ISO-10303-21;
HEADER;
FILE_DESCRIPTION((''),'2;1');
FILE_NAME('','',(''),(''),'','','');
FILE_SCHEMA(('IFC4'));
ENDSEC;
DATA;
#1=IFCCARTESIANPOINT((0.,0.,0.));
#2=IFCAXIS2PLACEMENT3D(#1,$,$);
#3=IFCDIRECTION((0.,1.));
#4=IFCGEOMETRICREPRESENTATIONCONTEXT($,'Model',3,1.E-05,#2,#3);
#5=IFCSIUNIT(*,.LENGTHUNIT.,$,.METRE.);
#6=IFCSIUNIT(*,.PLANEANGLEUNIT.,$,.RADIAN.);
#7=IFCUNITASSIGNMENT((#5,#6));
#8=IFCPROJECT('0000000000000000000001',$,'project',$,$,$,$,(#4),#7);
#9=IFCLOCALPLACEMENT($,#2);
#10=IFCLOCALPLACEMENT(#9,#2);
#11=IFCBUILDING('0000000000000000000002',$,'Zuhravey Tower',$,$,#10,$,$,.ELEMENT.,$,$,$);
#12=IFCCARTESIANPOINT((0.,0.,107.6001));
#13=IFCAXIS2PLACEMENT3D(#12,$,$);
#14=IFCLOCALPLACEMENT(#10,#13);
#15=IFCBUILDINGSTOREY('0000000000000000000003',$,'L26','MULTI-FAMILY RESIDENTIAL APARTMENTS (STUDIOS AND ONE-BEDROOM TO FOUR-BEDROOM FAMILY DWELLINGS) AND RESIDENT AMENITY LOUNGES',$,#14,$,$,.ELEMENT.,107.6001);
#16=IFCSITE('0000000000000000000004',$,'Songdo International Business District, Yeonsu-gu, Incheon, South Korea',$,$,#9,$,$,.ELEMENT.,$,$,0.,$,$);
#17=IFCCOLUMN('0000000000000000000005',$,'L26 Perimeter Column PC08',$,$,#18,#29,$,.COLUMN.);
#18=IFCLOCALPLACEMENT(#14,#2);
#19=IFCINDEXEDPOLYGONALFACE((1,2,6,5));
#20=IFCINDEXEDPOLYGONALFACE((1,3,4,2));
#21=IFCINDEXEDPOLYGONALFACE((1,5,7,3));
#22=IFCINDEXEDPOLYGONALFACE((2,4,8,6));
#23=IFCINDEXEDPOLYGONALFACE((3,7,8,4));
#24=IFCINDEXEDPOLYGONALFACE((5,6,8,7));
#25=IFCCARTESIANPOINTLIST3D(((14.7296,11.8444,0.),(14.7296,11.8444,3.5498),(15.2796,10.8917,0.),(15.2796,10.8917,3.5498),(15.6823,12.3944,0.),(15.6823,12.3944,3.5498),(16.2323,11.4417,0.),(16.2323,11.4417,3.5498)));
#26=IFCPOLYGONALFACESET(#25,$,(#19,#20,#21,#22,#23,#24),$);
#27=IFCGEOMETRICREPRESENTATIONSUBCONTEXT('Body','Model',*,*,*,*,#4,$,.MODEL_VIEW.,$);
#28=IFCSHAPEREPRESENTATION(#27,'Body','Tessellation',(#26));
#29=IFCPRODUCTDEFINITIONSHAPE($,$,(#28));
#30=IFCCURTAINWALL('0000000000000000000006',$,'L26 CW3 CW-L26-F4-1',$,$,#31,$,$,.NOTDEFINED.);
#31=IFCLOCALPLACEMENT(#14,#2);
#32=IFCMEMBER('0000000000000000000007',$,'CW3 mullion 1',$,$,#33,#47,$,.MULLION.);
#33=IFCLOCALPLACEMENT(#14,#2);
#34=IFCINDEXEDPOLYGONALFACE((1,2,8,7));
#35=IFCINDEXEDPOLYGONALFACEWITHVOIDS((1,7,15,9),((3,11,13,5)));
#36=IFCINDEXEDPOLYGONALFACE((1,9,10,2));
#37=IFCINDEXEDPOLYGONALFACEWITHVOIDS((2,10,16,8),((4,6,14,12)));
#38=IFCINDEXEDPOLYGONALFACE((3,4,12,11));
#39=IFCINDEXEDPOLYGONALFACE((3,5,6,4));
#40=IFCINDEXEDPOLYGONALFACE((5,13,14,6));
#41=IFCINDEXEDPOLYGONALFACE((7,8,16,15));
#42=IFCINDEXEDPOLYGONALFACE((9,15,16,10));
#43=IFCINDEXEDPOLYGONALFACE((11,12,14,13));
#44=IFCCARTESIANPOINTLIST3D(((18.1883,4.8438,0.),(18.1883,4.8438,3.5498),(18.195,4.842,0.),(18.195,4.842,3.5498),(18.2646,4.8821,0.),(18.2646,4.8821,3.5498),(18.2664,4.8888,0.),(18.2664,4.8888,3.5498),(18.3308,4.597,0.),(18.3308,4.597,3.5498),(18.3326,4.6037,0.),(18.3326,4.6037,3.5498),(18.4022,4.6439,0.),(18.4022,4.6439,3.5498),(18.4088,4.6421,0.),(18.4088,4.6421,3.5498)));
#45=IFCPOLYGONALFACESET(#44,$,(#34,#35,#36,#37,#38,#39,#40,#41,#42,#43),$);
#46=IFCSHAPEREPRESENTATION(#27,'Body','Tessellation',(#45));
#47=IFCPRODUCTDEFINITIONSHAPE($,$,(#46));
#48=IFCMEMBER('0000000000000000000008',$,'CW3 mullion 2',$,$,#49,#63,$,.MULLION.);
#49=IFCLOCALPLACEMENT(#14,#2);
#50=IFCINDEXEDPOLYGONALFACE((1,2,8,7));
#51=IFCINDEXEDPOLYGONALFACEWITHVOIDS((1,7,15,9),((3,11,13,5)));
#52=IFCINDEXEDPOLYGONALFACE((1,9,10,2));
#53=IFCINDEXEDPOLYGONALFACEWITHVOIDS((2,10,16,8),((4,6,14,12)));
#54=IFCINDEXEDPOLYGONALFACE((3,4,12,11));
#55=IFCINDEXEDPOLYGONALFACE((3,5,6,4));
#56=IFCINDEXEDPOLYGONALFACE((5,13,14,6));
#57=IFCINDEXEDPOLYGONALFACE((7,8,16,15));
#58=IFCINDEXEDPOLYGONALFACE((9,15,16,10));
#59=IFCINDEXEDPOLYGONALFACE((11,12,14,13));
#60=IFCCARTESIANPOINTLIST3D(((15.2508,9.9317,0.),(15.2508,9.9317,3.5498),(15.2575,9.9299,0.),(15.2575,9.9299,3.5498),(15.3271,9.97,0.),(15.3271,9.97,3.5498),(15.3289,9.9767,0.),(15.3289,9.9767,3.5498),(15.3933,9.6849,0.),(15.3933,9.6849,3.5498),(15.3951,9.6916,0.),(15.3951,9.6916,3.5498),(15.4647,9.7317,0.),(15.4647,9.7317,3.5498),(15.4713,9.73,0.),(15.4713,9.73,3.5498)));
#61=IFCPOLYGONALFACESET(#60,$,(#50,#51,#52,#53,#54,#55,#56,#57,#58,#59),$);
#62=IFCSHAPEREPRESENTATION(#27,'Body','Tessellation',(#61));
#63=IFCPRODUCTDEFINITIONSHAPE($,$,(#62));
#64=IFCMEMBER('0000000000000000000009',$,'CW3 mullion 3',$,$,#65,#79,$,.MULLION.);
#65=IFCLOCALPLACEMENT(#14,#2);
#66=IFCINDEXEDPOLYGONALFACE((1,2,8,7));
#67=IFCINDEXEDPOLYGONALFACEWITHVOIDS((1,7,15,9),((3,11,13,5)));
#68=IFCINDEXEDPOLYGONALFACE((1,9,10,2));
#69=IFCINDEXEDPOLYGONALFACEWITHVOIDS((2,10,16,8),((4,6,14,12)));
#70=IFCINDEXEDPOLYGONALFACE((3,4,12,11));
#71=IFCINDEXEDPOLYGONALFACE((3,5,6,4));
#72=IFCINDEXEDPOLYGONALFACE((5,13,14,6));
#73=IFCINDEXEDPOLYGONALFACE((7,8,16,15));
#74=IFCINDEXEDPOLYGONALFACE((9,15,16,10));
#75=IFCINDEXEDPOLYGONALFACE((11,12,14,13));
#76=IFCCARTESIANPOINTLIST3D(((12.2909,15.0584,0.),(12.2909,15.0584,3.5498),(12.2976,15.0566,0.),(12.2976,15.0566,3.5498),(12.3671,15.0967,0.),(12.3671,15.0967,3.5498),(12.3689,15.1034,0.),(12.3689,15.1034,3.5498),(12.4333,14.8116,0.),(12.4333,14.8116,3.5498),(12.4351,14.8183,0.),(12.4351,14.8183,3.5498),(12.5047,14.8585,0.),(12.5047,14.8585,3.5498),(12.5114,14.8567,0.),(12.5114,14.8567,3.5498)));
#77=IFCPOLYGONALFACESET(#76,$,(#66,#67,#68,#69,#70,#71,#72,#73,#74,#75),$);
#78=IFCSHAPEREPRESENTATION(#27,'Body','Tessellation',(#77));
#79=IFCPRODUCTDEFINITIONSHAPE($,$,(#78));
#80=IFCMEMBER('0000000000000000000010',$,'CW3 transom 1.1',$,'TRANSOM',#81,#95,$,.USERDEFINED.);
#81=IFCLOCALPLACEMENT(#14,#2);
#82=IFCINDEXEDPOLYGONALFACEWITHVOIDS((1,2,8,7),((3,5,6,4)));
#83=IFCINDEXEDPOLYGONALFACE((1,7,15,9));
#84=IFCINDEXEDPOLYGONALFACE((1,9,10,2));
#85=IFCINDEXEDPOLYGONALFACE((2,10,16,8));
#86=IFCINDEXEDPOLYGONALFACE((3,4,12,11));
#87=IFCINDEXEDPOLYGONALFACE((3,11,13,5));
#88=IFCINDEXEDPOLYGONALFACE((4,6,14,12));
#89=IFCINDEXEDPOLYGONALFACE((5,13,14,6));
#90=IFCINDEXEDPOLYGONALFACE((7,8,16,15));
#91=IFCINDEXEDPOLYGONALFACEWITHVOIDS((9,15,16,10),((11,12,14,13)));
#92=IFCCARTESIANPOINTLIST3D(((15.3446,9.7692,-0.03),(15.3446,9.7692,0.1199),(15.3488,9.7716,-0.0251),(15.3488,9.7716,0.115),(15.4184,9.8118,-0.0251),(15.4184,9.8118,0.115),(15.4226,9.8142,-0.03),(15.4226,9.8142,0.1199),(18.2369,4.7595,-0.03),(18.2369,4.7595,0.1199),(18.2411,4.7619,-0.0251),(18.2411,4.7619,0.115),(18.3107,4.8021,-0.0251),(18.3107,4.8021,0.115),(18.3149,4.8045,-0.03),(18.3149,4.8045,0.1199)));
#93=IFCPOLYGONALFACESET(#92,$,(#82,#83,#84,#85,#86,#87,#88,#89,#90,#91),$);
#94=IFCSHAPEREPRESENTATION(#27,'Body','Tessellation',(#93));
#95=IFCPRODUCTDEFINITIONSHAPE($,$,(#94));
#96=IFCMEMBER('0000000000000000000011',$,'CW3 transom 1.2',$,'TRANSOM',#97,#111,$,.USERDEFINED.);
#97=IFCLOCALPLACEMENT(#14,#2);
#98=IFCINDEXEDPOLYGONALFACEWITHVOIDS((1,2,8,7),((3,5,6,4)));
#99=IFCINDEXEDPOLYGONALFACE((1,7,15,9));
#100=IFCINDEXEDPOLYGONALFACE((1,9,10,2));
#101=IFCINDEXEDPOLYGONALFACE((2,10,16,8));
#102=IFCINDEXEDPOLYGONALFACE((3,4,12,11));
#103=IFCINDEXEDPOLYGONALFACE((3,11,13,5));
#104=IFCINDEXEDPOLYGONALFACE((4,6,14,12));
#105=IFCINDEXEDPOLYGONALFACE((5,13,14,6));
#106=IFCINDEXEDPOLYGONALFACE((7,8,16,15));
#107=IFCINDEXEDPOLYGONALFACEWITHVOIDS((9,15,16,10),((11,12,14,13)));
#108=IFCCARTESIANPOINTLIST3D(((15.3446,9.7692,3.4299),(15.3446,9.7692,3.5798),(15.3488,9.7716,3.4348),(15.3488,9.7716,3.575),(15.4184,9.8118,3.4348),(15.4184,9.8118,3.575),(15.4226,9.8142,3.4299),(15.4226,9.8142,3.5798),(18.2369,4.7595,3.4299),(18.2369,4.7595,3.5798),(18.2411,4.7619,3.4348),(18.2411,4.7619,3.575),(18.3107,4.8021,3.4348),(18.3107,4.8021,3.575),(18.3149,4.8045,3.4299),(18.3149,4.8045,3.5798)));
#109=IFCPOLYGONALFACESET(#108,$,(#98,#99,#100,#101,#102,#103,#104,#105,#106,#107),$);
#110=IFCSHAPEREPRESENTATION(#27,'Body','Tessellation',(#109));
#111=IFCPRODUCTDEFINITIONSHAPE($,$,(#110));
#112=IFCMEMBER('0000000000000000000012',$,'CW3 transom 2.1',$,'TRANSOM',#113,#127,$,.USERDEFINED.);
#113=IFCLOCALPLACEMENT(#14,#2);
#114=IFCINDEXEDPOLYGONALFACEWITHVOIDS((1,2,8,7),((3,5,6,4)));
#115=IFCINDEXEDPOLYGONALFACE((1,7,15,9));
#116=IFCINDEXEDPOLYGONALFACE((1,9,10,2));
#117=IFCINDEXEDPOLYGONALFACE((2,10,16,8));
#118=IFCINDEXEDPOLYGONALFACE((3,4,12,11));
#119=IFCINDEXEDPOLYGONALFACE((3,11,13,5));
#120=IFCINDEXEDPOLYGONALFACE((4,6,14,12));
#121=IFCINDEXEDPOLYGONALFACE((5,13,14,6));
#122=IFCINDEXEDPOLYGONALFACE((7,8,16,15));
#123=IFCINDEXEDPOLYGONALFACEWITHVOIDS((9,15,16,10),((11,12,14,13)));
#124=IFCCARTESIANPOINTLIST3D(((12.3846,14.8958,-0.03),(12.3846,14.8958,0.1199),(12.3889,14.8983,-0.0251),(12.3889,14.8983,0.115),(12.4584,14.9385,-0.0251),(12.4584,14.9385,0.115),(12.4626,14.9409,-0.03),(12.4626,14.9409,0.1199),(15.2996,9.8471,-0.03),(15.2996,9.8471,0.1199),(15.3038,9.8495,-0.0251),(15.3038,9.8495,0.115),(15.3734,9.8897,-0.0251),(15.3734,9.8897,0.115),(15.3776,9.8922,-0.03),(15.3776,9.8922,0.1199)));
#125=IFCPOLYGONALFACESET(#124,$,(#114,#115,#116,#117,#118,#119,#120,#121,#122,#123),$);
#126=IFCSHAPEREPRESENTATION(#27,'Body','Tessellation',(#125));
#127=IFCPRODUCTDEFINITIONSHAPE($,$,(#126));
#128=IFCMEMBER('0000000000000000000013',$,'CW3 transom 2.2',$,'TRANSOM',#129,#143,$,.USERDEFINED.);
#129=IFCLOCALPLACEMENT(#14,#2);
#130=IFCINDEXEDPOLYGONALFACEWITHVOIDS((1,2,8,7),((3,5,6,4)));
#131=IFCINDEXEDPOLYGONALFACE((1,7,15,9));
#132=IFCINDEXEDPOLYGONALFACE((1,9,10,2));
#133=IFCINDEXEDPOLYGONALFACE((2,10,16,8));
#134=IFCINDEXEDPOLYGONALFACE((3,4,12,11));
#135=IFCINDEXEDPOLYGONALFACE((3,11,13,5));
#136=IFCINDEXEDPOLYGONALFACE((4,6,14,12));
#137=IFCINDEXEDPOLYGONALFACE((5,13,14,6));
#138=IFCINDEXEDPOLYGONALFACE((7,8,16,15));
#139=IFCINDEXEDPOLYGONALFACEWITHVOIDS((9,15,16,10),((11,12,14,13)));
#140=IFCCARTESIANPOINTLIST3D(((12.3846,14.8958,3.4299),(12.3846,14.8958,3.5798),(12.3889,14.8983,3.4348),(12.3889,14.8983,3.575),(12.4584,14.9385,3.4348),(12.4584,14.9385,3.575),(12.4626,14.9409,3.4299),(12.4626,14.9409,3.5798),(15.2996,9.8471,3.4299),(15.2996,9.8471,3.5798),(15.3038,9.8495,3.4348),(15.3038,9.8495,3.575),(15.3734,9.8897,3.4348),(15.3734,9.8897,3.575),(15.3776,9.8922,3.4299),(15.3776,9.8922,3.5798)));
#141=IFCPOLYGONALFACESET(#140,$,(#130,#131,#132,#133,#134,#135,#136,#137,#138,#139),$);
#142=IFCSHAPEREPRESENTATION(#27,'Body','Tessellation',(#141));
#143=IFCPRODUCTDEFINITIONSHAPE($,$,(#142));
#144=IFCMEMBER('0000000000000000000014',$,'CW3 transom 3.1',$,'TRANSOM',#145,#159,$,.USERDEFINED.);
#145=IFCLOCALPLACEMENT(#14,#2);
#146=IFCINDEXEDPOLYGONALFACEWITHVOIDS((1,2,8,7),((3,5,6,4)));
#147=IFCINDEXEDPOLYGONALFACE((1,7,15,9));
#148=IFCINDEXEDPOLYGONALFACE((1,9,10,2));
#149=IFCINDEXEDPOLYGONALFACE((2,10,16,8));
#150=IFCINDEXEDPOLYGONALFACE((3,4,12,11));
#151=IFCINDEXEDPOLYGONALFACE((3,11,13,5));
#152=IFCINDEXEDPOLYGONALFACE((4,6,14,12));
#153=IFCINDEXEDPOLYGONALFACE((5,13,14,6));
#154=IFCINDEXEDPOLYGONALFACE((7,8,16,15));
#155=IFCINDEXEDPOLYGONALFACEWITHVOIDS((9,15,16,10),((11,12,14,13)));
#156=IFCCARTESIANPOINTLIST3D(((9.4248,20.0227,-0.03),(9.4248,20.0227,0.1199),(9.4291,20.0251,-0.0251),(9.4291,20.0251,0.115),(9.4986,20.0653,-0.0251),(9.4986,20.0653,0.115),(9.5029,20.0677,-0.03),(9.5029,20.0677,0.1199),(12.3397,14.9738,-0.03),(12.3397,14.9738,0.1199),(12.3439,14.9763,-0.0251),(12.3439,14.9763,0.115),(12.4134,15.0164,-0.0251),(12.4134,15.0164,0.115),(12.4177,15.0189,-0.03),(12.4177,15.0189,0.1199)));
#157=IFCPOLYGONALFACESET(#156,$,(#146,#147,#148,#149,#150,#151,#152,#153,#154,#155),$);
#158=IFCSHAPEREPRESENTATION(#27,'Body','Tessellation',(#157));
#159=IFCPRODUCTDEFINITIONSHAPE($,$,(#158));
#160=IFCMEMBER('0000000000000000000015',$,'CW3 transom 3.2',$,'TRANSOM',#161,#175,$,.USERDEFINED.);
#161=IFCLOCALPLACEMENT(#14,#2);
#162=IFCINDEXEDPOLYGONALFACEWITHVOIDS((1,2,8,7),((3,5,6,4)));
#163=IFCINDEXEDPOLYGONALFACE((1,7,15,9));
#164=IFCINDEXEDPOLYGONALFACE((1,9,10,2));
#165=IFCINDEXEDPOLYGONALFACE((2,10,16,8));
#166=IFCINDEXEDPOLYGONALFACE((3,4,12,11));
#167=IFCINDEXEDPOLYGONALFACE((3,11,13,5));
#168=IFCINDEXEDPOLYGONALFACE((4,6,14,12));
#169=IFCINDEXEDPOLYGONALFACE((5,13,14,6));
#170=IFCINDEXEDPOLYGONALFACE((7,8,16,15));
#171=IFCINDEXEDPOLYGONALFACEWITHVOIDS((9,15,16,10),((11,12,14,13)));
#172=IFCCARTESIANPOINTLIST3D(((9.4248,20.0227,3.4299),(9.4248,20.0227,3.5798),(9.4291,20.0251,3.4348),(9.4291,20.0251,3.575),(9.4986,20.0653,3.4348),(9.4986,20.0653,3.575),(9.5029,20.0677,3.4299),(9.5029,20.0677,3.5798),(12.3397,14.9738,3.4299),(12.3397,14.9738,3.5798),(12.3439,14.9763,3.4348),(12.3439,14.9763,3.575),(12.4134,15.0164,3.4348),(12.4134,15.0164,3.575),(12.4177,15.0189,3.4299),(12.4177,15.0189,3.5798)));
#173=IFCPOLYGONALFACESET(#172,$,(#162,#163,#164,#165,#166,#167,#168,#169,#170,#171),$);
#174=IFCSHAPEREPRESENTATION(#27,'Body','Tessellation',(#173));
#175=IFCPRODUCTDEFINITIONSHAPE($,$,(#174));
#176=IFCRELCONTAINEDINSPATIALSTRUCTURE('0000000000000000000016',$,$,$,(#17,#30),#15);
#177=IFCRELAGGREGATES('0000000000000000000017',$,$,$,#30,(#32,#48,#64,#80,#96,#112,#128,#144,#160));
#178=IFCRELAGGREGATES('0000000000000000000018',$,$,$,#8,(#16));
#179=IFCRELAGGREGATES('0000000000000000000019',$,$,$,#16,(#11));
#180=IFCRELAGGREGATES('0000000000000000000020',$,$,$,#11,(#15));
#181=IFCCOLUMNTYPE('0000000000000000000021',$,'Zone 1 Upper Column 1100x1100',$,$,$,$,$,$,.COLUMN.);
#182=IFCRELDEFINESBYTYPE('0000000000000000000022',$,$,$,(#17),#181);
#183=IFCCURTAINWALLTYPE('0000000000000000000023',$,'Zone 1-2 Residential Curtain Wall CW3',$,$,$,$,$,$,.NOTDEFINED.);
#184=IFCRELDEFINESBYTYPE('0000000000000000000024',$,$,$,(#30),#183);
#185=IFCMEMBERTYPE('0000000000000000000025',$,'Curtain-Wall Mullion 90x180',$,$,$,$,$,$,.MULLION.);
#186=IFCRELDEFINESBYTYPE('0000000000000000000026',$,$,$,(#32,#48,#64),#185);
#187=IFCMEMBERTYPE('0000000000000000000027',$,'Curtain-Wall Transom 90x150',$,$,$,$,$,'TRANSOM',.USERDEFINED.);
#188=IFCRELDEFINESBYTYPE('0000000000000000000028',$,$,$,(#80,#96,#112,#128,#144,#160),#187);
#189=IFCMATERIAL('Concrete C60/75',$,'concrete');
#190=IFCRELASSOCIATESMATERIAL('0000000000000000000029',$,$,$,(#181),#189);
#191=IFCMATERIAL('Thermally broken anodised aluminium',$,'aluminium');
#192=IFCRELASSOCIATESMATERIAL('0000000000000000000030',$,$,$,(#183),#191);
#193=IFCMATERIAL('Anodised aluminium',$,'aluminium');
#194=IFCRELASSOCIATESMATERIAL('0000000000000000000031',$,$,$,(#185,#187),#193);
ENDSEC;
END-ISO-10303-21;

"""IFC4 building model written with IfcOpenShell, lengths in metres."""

from ifc_helpers import new_model, si_unit, direction, frame, origin, origin_2d, place, context, subcontext, project, spatial, rectangle, hollow_rectangle, extrude, material, material_profile, profile_set, type_object, element, aggregate, save


model = new_model("IFC4")

# Units and contexts
model_context = context("Model", 3, precision=1e-05, world=origin(), true_north=direction((0.0, 1.0)))
body_context = subcontext(model_context, "Body", "Model", "MODEL_VIEW")
ifc_project = project(units=[si_unit("LENGTHUNIT", "METRE"), si_unit("PLANEANGLEUNIT", "RADIAN")], contexts=[model_context])

# Site, building, storey
site_placement = place(None, origin())
site = spatial("IfcSite", under=ifc_project, at=site_placement, Name="Songdo International Business District, Yeonsu-gu, Incheon, South Korea", CompositionType="ELEMENT", RefElevation=0.0)
building_placement = place(site_placement, origin())
building = spatial("IfcBuilding", under=site, at=building_placement, Name="Zuhravey Tower", CompositionType="ELEMENT")
storey_placement = place(building_placement, frame((0.0, 0.0, 107.6001)))
storey = spatial("IfcBuildingStorey", under=building, at=storey_placement, Name="L26", Description="MULTI-FAMILY RESIDENTIAL APARTMENTS (STUDIOS AND ONE-BEDROOM TO FOUR-BEDROOM FAMILY DWELLINGS) AND RESIDENT AMENITY LOUNGES", CompositionType="ELEMENT", Elevation=107.6001)

# Column
ifc_material_1 = material(Name="Concrete C60/75", Category="concrete")
ifc_material_profile_1 = material_profile(ifc_material_1, rectangle(XDim=1.1001, YDim=1.1001, at=origin_2d()), Name="RC-1100x1100")
ifc_profile_set_1 = profile_set([ifc_material_profile_1], Name="Concrete C60/75")
column_type = type_object("IfcColumnType", Name="Zone 1 Upper Column 1100x1100", PredefinedType="COLUMN", material=ifc_profile_set_1)
column_placement = place(storey_placement, frame((15.481, 11.6431, 0.0), z_axis=(0.0, 0.0, 1.0), x_axis=(0.5, -0.866025, 0.0)))
element("IfcColumn", 1, at=column_placement, inside=storey, type_object=column_type, Name="L26 Perimeter Column PC08", PredefinedType="COLUMN", context=body_context, shape_type="SweptSolid", body=[
    extrude(rectangle(XDim=1.1001, YDim=1.1001, at=origin_2d()), origin(), (0.0, 0.0, 1.0), 3.5498),
])

# Curtain wall, members
ifc_material_2 = material(Name="Thermally broken anodised aluminium", Category="aluminium")
curtain_wall_type = type_object("IfcCurtainWallType", Name="Zone 1-2 Residential Curtain Wall CW3", PredefinedType="NOTDEFINED", material=ifc_material_2)
curtain_wall_placement = place(storey_placement, origin())
curtain_wall = element("IfcCurtainWall", 2, at=curtain_wall_placement, inside=storey, type_object=curtain_wall_type, Name="L26 CW3 CW-L26-F4-1", PredefinedType="NOTDEFINED")
ifc_material_3 = material(Name="Anodised aluminium", Category="aluminium")
ifc_material_profile_2 = material_profile(ifc_material_3, hollow_rectangle(XDim=0.0901, YDim=0.2849, WallThickness=0.0049, at=origin_2d()), Name="ALU-RHS-90x285x5")
ifc_profile_set_2 = profile_set([ifc_material_profile_2], Name="Anodised aluminium")
member_type_1 = type_object("IfcMemberType", Name="Curtain-Wall Mullion 90x180", PredefinedType="MULLION", material=ifc_profile_set_2)
member_1_placement = place(storey_placement, frame((18.2986, 4.7429, 0.0), z_axis=(0.0, 0.0, 1.0), x_axis=(-0.866026, -0.5, 0.0)))
member_1 = element("IfcMember", 3, at=member_1_placement, type_object=member_type_1, Name="CW3 mullion 1", PredefinedType="MULLION", context=body_context, shape_type="SweptSolid", body=[
    extrude(hollow_rectangle(XDim=0.0901, YDim=0.2849, WallThickness=0.0049, at=origin_2d()), origin(), (0.0, 0.0, 1.0), 3.5498),
])
member_2_placement = place(storey_placement, frame((15.3611, 9.8308, 0.0), z_axis=(0.0, 0.0, 1.0), x_axis=(-0.866026, -0.5, 0.0)))
member_2 = element("IfcMember", 4, at=member_2_placement, type_object=member_type_1, Name="CW3 mullion 2", PredefinedType="MULLION", context=body_context, shape_type="SweptSolid", body=[
    extrude(hollow_rectangle(XDim=0.0901, YDim=0.2849, WallThickness=0.0049, at=origin_2d()), origin(), (0.0, 0.0, 1.0), 3.5498),
])
member_3_placement = place(storey_placement, frame((12.4011, 14.9575, 0.0), z_axis=(0.0, 0.0, 1.0), x_axis=(-0.866026, -0.5, 0.0)))
member_3 = element("IfcMember", 5, at=member_3_placement, type_object=member_type_1, Name="CW3 mullion 3", PredefinedType="MULLION", context=body_context, shape_type="SweptSolid", body=[
    extrude(hollow_rectangle(XDim=0.0901, YDim=0.2849, WallThickness=0.0049, at=origin_2d()), origin(), (0.0, 0.0, 1.0), 3.5498),
])
ifc_material_profile_3 = material_profile(ifc_material_3, hollow_rectangle(XDim=0.0901, YDim=0.1499, WallThickness=0.0049, at=origin_2d()), Name="ALU-RHS-90x150x5")
ifc_profile_set_3 = profile_set([ifc_material_profile_3], Name="Anodised aluminium")
member_type_2 = type_object("IfcMemberType", Name="Curtain-Wall Transom 90x150", ElementType="TRANSOM", PredefinedType="USERDEFINED", material=ifc_profile_set_3)
member_4_placement = place(storey_placement, frame((18.2759, 4.782, 0.0449), z_axis=(-0.499993, 0.86603, 0.0), x_axis=(-0.86603, -0.499993, 0.0)))
member_4 = element("IfcMember", 6, at=member_4_placement, type_object=member_type_2, Name="CW3 transom 1.1", ObjectType="TRANSOM", PredefinedType="USERDEFINED", context=body_context, shape_type="SweptSolid", body=[
    extrude(hollow_rectangle(XDim=0.0901, YDim=0.1499, WallThickness=0.0049, at=origin_2d()), origin(), (0.0, 0.0, 1.0), 5.7847),
])
member_5_placement = place(storey_placement, frame((18.2759, 4.782, 3.5049), z_axis=(-0.499993, 0.86603, 0.0), x_axis=(-0.86603, -0.499993, 0.0)))
member_5 = element("IfcMember", 7, at=member_5_placement, type_object=member_type_2, Name="CW3 transom 1.2", ObjectType="TRANSOM", PredefinedType="USERDEFINED", context=body_context, shape_type="SweptSolid", body=[
    extrude(hollow_rectangle(XDim=0.0901, YDim=0.1499, WallThickness=0.0049, at=origin_2d()), origin(), (0.0, 0.0, 1.0), 5.7847),
])
member_6_placement = place(storey_placement, frame((15.3386, 9.8696, 0.0449), z_axis=(-0.500012, 0.866018, 0.0), x_axis=(-0.866018, -0.500012, 0.0)))
member_6 = element("IfcMember", 8, at=member_6_placement, type_object=member_type_2, Name="CW3 transom 2.1", ObjectType="TRANSOM", PredefinedType="USERDEFINED", context=body_context, shape_type="SweptSolid", body=[
    extrude(hollow_rectangle(XDim=0.0901, YDim=0.1499, WallThickness=0.0049, at=origin_2d()), origin(), (0.0, 0.0, 1.0), 5.8298),
])
member_7_placement = place(storey_placement, frame((15.3386, 9.8696, 3.5049), z_axis=(-0.500012, 0.866018, 0.0), x_axis=(-0.866018, -0.500012, 0.0)))
member_7 = element("IfcMember", 9, at=member_7_placement, type_object=member_type_2, Name="CW3 transom 2.2", ObjectType="TRANSOM", PredefinedType="USERDEFINED", context=body_context, shape_type="SweptSolid", body=[
    extrude(hollow_rectangle(XDim=0.0901, YDim=0.1499, WallThickness=0.0049, at=origin_2d()), origin(), (0.0, 0.0, 1.0), 5.8298),
])
member_8_placement = place(storey_placement, frame((12.3787, 14.9963, 0.0449), z_axis=(-0.499981, 0.866036, 0.0), x_axis=(-0.866036, -0.499981, 0.0)))
member_8 = element("IfcMember", 10, at=member_8_placement, type_object=member_type_2, Name="CW3 transom 3.1", ObjectType="TRANSOM", PredefinedType="USERDEFINED", context=body_context, shape_type="SweptSolid", body=[
    extrude(hollow_rectangle(XDim=0.0901, YDim=0.1499, WallThickness=0.0049, at=origin_2d()), origin(), (0.0, 0.0, 1.0), 5.8298),
])
member_9_placement = place(storey_placement, frame((12.3787, 14.9963, 3.5049), z_axis=(-0.499981, 0.866036, 0.0), x_axis=(-0.866036, -0.499981, 0.0)))
member_9 = element("IfcMember", 11, at=member_9_placement, type_object=member_type_2, Name="CW3 transom 3.2", ObjectType="TRANSOM", PredefinedType="USERDEFINED", context=body_context, shape_type="SweptSolid", body=[
    extrude(hollow_rectangle(XDim=0.0901, YDim=0.1499, WallThickness=0.0049, at=origin_2d()), origin(), (0.0, 0.0, 1.0), 5.8298),
])

aggregate(curtain_wall, [member_1, member_2, member_3, member_4, member_5, member_6, member_7, member_8, member_9])

save(model, "model.ifc")
